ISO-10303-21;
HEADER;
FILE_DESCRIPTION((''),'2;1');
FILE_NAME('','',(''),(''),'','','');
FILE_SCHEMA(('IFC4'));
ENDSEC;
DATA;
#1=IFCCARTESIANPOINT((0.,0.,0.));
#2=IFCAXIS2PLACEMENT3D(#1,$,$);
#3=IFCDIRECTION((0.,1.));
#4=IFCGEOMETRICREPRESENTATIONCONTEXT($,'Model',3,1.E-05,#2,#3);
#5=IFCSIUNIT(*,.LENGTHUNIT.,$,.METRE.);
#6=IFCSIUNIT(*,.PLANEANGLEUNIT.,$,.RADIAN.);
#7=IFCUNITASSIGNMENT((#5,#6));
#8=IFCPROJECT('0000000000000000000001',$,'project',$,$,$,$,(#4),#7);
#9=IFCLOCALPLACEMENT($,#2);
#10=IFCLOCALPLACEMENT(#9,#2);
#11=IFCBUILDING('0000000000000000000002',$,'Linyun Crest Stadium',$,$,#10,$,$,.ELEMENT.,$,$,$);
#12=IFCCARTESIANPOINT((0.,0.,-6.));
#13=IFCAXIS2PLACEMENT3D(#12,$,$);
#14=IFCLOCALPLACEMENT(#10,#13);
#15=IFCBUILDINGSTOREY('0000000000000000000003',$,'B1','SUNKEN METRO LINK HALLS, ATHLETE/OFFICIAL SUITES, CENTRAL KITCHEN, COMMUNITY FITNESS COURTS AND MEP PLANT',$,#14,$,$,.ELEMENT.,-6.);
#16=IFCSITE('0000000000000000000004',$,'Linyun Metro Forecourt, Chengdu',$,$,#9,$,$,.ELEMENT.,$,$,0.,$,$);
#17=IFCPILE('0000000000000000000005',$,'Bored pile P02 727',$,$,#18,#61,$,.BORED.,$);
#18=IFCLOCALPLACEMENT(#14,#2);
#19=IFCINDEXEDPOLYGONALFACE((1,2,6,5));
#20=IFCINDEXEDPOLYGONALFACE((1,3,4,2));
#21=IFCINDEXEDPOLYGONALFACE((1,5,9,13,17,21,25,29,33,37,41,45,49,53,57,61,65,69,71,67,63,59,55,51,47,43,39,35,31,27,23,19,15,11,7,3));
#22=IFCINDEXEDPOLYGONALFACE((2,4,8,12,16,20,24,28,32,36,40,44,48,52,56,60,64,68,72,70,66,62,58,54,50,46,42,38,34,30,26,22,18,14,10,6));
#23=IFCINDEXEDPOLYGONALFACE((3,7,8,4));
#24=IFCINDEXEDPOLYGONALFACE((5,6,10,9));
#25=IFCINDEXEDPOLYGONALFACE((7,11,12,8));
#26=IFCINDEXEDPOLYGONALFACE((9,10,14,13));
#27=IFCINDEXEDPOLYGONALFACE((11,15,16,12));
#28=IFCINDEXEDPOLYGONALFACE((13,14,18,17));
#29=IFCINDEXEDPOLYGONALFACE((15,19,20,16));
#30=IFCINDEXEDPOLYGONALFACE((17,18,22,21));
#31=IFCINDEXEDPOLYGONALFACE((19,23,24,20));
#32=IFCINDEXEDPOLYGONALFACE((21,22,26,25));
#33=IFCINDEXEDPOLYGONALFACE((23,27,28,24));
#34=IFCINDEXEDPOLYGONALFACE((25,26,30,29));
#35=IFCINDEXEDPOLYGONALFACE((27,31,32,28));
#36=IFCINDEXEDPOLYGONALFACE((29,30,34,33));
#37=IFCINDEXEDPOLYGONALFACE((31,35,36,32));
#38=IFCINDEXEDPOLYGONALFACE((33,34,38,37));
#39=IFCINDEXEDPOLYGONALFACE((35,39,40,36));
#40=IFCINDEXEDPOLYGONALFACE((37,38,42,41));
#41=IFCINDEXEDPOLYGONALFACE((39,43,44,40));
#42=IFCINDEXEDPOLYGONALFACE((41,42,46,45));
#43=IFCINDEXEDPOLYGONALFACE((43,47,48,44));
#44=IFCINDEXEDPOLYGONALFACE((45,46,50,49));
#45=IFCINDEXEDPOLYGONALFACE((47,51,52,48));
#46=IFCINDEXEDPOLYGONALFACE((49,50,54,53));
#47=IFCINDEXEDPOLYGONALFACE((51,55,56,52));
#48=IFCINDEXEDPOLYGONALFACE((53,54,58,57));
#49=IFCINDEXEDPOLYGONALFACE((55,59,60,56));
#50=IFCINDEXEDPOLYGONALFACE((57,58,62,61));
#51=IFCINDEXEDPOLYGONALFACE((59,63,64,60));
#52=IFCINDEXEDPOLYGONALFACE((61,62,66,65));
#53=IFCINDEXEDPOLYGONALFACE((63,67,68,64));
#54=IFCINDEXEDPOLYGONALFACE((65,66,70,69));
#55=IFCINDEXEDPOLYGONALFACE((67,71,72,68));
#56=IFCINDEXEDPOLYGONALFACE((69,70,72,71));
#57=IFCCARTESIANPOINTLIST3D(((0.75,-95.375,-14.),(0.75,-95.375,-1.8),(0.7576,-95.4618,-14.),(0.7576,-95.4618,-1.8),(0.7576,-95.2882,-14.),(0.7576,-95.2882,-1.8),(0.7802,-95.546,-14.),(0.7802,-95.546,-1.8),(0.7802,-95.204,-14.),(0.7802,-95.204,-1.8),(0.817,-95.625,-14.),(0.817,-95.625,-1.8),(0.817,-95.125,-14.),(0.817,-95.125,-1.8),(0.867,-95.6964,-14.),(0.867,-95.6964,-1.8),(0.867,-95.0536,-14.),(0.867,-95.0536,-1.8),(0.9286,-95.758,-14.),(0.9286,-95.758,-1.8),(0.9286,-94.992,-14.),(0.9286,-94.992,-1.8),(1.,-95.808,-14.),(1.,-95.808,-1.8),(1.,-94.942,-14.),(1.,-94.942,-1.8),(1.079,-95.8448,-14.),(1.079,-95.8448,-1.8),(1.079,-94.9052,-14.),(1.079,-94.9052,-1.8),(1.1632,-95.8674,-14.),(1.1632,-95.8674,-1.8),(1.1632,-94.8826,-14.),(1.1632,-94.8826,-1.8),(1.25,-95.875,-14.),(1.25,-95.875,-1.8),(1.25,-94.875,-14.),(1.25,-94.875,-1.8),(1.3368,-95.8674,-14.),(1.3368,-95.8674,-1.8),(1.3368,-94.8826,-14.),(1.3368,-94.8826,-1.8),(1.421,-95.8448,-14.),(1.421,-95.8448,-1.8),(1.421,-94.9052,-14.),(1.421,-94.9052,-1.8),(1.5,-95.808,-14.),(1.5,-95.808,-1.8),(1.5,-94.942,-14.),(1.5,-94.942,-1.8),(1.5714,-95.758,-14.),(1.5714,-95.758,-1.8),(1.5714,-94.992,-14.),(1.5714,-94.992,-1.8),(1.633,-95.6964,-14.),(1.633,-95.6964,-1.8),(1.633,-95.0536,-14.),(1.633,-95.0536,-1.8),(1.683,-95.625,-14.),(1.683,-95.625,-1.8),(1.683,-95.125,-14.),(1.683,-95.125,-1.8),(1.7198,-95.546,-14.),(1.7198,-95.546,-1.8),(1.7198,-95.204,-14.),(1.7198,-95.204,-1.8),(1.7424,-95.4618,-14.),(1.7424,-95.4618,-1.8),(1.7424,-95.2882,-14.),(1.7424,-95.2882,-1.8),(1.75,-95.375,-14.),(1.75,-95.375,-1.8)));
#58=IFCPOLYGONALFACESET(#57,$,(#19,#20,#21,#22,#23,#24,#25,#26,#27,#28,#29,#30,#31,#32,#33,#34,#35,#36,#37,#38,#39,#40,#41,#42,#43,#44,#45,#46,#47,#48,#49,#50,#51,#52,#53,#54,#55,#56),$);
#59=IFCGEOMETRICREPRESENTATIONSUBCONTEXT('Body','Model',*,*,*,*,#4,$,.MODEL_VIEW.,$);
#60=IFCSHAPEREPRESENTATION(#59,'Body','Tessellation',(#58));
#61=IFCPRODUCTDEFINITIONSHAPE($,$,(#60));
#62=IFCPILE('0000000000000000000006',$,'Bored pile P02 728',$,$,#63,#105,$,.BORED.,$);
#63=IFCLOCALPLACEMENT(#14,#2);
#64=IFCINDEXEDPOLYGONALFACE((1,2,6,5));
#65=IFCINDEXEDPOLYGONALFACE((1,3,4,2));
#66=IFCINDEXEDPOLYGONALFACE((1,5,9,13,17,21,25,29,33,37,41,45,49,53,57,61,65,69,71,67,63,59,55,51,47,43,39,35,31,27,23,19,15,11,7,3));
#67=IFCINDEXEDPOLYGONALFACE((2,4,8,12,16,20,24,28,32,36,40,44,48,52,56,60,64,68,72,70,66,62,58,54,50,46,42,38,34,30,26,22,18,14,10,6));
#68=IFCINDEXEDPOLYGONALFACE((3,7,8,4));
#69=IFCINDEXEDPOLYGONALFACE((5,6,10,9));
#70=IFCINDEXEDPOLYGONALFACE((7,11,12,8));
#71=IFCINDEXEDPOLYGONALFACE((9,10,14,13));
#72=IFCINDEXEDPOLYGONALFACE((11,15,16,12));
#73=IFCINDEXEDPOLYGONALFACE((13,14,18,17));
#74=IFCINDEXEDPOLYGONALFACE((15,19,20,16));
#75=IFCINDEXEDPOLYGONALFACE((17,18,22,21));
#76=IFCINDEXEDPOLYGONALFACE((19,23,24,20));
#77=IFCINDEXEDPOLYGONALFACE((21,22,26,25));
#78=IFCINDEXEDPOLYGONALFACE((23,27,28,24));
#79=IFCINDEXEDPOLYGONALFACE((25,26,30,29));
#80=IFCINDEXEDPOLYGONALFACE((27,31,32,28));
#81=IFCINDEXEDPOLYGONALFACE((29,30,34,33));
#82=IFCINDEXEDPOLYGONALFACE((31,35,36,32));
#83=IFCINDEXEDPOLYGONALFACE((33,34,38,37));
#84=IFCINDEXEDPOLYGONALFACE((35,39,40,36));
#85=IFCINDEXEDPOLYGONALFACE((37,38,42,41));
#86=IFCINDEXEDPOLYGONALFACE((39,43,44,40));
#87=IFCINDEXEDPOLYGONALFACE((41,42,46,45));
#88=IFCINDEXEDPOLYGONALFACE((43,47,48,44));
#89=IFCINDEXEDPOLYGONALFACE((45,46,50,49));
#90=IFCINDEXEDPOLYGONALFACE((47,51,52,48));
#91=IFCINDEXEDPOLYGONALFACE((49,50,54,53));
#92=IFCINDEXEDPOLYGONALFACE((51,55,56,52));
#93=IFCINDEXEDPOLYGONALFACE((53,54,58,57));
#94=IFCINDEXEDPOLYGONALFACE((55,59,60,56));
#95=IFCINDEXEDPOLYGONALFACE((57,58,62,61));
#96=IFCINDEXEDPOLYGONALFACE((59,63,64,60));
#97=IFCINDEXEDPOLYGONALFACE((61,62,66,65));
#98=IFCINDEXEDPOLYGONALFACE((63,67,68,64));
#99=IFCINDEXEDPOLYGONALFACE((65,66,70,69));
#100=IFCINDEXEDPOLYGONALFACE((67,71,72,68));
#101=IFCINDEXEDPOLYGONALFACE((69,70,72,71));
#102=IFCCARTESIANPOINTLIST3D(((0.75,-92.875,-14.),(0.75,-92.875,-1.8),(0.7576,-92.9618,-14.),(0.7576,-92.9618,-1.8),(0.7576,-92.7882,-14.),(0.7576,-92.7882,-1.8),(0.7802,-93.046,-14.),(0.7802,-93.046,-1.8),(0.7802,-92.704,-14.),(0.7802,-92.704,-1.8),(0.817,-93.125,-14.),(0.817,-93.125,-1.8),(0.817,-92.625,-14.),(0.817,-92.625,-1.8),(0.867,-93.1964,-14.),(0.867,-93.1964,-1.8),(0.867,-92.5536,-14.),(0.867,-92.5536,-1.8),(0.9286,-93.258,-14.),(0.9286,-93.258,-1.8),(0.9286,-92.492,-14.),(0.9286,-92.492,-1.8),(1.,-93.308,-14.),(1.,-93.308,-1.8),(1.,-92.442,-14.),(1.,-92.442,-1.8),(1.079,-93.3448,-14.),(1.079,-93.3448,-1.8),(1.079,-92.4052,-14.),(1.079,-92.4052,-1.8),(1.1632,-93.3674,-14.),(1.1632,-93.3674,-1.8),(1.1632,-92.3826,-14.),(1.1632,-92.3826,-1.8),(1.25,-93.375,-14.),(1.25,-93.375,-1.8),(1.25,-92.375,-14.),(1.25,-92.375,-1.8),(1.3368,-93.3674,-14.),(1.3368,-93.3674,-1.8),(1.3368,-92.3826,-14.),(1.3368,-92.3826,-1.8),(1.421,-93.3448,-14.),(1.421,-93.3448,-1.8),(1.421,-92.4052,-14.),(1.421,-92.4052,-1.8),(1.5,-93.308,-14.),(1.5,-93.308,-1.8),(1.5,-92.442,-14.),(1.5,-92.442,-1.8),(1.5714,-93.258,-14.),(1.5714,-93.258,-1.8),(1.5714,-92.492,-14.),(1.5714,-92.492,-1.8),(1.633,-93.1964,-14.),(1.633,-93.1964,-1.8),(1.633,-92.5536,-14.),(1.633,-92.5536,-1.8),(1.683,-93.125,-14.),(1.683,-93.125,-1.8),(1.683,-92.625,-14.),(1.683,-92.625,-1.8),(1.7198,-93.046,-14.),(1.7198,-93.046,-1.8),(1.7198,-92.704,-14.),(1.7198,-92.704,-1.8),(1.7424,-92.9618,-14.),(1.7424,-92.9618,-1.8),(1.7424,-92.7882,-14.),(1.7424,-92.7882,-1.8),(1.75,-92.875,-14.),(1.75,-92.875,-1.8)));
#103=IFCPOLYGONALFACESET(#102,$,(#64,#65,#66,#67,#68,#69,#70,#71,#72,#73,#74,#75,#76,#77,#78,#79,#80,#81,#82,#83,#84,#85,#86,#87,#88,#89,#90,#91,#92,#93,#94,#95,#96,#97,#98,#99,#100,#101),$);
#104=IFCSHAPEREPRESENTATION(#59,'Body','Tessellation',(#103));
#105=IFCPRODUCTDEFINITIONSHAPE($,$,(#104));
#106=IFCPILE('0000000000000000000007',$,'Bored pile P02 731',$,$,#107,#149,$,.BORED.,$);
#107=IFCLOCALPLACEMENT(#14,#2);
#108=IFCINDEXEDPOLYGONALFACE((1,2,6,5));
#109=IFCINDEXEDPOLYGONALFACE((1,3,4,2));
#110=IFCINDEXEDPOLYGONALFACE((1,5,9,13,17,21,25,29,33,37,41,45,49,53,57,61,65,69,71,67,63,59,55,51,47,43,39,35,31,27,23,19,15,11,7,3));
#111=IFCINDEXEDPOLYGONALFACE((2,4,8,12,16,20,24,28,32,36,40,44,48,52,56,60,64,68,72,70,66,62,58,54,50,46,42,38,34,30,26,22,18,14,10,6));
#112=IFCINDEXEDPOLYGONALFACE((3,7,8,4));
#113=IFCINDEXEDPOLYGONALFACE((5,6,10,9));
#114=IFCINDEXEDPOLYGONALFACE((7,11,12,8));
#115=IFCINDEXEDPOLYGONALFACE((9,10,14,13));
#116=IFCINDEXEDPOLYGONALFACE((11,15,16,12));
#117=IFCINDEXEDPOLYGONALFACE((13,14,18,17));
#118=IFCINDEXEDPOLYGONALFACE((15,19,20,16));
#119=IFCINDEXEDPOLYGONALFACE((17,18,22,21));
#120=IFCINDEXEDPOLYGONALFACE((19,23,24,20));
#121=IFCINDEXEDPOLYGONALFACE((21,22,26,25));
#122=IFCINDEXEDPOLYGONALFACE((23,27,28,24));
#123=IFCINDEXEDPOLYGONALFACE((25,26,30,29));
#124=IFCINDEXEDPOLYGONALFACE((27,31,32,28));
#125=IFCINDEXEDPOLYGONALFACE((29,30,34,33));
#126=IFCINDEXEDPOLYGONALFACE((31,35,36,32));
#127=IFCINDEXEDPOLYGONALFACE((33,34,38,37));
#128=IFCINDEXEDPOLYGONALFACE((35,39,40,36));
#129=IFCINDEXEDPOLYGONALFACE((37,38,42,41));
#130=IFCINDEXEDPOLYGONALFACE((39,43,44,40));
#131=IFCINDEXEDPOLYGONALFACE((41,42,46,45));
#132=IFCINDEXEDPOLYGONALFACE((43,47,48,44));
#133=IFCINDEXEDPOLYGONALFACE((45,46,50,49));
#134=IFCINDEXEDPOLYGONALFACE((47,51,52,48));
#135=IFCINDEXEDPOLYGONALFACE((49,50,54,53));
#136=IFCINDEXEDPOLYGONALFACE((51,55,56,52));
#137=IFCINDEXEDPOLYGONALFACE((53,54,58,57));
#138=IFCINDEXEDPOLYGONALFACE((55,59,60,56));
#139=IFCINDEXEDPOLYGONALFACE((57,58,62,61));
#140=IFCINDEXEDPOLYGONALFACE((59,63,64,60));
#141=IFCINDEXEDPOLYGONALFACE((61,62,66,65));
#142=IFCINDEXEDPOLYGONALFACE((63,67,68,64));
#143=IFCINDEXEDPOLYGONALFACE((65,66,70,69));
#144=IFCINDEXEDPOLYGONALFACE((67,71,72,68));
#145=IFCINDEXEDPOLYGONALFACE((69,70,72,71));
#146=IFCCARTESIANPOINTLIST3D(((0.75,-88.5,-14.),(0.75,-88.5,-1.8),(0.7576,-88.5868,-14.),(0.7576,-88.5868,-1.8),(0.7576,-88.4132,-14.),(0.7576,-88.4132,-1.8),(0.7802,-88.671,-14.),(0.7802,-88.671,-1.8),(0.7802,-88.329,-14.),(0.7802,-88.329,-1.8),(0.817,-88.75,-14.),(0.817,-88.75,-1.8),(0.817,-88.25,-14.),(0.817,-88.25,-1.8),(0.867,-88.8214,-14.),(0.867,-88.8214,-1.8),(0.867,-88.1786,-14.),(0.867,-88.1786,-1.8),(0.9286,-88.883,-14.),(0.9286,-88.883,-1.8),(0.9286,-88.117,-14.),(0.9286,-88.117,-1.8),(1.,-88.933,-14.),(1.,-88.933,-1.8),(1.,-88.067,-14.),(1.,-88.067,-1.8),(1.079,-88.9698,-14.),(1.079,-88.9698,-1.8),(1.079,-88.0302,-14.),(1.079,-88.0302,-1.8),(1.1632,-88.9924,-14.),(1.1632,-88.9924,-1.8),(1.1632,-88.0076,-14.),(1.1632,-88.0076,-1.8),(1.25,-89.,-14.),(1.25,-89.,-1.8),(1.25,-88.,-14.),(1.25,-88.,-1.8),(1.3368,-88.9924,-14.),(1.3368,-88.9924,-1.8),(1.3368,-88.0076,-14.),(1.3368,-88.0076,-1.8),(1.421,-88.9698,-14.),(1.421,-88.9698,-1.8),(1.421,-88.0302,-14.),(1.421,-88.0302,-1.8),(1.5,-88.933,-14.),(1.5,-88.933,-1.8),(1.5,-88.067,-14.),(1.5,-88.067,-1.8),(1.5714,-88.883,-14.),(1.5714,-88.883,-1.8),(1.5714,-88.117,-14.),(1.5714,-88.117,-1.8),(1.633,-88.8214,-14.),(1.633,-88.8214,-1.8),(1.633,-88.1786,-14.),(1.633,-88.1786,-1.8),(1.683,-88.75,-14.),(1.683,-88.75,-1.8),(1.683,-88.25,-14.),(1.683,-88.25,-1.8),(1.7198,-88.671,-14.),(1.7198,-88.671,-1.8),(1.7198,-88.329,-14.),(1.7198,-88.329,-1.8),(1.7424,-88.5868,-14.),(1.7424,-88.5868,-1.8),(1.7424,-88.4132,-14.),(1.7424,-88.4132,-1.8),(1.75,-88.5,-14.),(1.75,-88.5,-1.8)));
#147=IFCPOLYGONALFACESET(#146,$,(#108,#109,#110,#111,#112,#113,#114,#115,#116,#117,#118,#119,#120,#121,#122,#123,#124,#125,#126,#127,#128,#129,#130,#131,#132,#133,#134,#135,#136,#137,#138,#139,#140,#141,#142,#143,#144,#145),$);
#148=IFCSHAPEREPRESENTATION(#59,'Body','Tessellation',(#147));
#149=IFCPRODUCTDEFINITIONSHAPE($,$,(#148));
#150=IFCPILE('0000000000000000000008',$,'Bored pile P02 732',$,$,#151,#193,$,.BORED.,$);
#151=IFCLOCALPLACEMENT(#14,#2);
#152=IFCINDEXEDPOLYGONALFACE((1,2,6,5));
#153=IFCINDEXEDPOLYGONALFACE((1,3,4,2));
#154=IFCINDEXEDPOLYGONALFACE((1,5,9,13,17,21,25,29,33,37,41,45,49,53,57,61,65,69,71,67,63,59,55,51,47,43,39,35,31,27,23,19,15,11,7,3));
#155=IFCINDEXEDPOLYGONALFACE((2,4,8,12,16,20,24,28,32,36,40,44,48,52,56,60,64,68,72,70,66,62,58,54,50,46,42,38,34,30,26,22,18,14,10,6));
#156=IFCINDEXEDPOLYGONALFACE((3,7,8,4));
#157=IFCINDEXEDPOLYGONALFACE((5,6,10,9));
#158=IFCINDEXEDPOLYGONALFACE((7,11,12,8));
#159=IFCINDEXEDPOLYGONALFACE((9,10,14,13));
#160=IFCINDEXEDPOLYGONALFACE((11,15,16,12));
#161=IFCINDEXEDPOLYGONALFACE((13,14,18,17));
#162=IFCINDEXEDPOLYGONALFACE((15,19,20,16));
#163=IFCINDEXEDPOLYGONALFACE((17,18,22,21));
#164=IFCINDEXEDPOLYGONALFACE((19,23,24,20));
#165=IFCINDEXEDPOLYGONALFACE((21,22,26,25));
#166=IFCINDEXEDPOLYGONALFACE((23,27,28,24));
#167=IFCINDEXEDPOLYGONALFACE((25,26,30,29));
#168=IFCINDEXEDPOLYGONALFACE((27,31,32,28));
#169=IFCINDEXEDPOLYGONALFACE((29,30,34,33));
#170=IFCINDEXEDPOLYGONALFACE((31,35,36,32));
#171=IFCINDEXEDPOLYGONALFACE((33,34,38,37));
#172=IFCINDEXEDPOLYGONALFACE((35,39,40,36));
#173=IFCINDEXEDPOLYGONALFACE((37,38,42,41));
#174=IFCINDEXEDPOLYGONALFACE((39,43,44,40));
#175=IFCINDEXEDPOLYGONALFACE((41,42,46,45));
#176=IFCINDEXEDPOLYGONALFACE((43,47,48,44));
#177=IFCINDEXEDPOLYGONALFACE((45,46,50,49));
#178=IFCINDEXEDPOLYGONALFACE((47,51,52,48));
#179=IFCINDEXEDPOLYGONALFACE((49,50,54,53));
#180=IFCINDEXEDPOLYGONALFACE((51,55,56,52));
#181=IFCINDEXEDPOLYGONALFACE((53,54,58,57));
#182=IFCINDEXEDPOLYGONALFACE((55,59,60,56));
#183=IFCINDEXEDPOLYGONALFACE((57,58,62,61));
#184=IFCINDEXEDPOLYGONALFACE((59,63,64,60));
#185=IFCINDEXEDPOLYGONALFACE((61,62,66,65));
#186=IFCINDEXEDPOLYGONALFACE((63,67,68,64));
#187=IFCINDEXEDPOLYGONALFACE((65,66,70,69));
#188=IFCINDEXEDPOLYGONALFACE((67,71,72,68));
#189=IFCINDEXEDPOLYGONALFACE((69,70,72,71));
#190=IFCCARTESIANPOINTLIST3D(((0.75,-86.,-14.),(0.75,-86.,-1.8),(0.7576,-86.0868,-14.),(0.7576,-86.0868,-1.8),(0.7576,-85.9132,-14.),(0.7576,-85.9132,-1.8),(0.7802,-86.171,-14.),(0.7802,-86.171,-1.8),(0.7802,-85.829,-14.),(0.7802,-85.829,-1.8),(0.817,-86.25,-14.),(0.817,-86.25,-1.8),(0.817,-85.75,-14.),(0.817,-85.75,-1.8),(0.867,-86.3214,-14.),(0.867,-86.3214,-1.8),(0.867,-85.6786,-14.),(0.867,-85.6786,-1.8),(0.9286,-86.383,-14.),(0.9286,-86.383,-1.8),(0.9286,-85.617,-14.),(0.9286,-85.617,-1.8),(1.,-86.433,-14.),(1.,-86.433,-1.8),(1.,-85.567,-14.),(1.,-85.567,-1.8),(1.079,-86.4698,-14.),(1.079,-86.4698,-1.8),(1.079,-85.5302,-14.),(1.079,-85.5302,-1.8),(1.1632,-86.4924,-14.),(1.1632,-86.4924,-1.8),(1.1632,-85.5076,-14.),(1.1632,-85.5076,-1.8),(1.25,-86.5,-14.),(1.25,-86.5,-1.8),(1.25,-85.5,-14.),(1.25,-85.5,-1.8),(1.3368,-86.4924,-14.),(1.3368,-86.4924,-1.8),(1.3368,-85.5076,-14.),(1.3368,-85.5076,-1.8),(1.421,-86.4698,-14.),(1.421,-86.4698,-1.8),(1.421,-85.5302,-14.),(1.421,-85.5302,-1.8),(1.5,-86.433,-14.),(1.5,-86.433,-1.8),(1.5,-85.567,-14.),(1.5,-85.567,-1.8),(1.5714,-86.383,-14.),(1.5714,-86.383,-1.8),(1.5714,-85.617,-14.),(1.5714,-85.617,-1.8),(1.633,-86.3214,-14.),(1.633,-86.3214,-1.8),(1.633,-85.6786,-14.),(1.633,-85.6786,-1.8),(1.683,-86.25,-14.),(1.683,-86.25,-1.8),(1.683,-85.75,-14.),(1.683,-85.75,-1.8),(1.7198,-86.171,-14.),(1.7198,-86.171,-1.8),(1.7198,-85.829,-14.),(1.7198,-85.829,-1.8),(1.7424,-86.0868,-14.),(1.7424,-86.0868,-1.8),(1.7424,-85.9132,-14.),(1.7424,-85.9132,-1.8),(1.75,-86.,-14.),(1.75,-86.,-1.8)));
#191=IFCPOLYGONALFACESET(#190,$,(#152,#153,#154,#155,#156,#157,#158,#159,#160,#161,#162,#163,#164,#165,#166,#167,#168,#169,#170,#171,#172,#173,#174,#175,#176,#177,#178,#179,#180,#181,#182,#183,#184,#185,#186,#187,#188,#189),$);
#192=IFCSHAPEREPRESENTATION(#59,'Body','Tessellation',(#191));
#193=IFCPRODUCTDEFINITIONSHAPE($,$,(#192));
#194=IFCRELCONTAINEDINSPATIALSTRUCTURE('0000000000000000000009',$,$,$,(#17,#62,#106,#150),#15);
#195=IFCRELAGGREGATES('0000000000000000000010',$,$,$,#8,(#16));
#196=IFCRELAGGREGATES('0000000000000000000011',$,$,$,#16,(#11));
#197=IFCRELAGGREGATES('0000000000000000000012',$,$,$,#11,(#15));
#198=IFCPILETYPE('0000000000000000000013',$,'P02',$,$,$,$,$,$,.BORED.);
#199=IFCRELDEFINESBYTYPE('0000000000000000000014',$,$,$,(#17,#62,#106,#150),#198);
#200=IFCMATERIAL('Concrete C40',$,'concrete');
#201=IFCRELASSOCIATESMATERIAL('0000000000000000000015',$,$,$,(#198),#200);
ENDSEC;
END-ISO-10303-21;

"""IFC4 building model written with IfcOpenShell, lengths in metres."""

from ifc_helpers import new_model, si_unit, direction, frame, origin, origin_2d, place, context, subcontext, project, spatial, circle, extrude, material, material_profile, profile_set, type_object, element, save


model = new_model("IFC4")

# Units and contexts
model_context = context("Model", 3, precision=1e-05, world=origin(), true_north=direction((0.0, 1.0)))
body_context = subcontext(model_context, "Body", "Model", "MODEL_VIEW")
ifc_project = project(units=[si_unit("LENGTHUNIT", "METRE"), si_unit("PLANEANGLEUNIT", "RADIAN")], contexts=[model_context])

# Site, building, storey
site_placement = place(None, origin())
site = spatial("IfcSite", under=ifc_project, at=site_placement, Name="Linyun Metro Forecourt, Chengdu", CompositionType="ELEMENT", RefElevation=0.0)
building_placement = place(site_placement, origin())
building = spatial("IfcBuilding", under=site, at=building_placement, Name="Linyun Crest Stadium", CompositionType="ELEMENT")
storey_placement = place(building_placement, frame((0.0, 0.0, -6.0)))
storey = spatial("IfcBuildingStorey", under=building, at=storey_placement, Name="B1", Description="SUNKEN METRO LINK HALLS, ATHLETE/OFFICIAL SUITES, CENTRAL KITCHEN, COMMUNITY FITNESS COURTS AND MEP PLANT", CompositionType="ELEMENT", Elevation=-6.0)

# Piles
ifc_material_1 = material(Name="Concrete C40", Category="concrete")
ifc_material_profile_1 = material_profile(ifc_material_1, circle(Radius=0.5, at=origin_2d()), Name="BORED PILE 1000")
ifc_profile_set_1 = profile_set([ifc_material_profile_1], Name="Concrete C40")
pile_type = type_object("IfcPileType", Name="P02", PredefinedType="BORED", material=ifc_profile_set_1)
for number, where, z_axis, x_axis, name in (
    (1, (1.25, -95.375, -1.8), (0.0, 0.0, -1.0), (1.0, 0.0, 0.0), "Bored pile P02 727"),
    (2, (1.25, -92.875, -1.8), (0.0, 0.0, -1.0), (1.0, 0.0, 0.0), "Bored pile P02 728"),
    (3, (1.25, -88.5, -1.8), (0.0, 0.0, -1.0), (1.0, 0.0, 0.0), "Bored pile P02 731"),
    (4, (1.25, -86.0, -1.8), (0.0, 0.0, -1.0), (1.0, 0.0, 0.0), "Bored pile P02 732"),
):
    element("IfcPile", number, at=place(storey_placement, frame(where, z_axis=z_axis, x_axis=x_axis)), inside=storey, type_object=pile_type, Name=name, PredefinedType="BORED", context=body_context, shape_type="SweptSolid", body=[
        extrude(circle(Radius=0.5, at=origin_2d()), origin(), (0.0, 0.0, 1.0), 12.2),
    ])

save(model, "model.ifc")
